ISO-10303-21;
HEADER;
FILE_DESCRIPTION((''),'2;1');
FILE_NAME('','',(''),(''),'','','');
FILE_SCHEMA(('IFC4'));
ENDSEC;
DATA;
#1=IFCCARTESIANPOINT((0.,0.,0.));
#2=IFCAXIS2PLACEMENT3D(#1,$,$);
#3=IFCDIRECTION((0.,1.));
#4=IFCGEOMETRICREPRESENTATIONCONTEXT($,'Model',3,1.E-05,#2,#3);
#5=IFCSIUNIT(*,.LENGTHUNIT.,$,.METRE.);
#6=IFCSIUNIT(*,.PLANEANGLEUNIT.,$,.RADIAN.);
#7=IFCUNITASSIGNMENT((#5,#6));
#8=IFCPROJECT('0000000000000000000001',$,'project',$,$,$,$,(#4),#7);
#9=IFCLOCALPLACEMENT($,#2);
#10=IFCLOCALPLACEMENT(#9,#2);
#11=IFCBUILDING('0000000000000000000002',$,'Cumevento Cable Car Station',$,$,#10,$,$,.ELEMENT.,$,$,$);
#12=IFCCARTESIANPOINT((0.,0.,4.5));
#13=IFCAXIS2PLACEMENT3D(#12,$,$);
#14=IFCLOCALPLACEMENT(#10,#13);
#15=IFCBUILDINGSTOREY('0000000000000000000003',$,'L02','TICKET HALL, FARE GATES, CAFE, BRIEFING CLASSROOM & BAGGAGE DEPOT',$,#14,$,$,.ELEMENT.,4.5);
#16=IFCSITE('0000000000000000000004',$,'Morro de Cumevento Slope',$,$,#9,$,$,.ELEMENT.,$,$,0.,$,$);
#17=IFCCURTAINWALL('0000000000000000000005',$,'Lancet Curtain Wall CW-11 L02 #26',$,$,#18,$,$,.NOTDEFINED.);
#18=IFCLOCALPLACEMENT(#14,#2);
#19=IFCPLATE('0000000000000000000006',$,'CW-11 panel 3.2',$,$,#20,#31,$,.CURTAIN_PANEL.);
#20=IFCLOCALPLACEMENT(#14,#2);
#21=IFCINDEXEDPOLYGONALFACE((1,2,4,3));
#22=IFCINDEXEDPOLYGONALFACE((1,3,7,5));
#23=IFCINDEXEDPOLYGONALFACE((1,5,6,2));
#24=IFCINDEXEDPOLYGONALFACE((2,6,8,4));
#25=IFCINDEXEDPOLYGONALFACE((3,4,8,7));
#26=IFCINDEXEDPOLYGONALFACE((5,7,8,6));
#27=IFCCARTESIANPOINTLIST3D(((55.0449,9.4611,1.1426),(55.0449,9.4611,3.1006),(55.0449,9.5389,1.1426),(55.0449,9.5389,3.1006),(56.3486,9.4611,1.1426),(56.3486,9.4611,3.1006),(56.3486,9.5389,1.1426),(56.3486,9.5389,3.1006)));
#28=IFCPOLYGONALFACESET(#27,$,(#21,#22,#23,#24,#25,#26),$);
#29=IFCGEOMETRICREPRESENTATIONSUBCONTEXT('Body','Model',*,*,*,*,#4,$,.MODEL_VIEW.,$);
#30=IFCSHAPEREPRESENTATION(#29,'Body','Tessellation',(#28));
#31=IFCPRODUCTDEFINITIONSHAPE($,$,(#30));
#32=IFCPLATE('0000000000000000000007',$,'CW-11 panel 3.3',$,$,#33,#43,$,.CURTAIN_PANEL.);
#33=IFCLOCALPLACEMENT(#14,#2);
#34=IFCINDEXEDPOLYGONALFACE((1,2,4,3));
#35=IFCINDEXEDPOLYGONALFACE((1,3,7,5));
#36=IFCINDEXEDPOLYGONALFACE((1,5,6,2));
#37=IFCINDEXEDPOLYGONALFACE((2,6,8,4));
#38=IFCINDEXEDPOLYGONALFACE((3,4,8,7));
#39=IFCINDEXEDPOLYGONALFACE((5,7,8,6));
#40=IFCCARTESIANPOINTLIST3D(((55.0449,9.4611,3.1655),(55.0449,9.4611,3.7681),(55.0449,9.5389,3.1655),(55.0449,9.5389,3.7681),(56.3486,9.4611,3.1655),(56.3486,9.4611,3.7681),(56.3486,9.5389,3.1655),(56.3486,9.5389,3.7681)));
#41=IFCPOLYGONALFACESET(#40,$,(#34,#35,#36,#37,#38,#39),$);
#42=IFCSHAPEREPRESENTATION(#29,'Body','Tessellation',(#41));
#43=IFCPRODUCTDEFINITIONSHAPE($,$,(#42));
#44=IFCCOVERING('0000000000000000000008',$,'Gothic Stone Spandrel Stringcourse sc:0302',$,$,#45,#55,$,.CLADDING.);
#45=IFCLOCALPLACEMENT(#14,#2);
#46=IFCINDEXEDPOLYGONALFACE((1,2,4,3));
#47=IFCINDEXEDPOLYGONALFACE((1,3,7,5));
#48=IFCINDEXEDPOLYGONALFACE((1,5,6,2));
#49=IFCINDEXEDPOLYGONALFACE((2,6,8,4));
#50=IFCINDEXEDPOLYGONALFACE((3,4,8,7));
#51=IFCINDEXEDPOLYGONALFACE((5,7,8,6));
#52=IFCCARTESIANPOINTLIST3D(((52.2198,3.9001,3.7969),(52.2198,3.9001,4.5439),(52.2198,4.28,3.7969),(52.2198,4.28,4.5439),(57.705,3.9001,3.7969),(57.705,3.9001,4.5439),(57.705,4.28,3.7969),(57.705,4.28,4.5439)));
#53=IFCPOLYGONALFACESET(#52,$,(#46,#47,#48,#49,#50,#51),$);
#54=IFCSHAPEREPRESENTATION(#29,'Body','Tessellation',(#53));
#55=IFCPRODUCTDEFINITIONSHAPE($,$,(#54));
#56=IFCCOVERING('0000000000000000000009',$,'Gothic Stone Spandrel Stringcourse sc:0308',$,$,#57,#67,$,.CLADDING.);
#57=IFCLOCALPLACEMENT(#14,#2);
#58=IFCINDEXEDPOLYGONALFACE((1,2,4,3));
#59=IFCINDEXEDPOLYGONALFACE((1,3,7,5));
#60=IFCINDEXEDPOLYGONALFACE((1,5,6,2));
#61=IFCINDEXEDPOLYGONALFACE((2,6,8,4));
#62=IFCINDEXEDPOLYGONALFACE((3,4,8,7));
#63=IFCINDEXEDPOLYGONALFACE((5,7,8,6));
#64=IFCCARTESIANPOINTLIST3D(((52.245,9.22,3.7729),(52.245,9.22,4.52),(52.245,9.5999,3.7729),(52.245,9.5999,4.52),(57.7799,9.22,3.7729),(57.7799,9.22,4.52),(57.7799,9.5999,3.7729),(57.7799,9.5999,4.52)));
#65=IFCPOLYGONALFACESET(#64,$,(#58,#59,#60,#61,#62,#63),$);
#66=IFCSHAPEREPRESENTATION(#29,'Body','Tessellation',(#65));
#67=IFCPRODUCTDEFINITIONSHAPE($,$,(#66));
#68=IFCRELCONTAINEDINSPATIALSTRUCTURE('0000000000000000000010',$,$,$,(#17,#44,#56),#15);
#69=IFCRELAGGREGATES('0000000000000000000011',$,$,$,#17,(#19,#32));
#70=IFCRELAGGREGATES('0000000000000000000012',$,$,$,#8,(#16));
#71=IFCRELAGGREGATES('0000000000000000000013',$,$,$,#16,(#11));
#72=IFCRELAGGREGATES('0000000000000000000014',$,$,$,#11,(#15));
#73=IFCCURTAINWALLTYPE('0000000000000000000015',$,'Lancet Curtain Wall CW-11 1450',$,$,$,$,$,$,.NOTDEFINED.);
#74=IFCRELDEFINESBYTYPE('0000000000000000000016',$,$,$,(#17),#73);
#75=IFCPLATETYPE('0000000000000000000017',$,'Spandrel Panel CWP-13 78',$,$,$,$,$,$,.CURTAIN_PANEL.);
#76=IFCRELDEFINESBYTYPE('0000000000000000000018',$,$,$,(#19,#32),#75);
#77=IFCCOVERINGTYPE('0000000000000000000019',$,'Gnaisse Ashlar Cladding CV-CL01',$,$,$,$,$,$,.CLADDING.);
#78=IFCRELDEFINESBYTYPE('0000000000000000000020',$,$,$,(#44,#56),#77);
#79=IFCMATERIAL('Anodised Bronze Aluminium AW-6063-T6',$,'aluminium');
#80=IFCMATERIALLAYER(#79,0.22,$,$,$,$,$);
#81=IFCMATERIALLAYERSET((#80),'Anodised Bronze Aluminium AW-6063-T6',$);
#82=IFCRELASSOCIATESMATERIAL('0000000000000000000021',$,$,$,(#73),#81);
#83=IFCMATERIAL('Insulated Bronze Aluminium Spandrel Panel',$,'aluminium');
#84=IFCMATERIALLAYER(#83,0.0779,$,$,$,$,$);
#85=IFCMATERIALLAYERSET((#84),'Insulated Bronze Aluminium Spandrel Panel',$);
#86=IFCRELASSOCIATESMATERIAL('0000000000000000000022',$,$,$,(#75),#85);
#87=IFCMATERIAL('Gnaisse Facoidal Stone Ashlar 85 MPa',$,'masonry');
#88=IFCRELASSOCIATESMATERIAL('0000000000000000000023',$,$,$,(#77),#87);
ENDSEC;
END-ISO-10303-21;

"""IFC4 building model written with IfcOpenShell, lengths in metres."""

from ifc_helpers import new_model, si_unit, direction, frame, origin, origin_2d, place, context, subcontext, project, spatial, rectangle, extrude, material, layer, layer_set, type_object, element, aggregate, save


model = new_model("IFC4")

# Units and contexts
model_context = context("Model", 3, precision=1e-05, world=origin(), true_north=direction((0.0, 1.0)))
body_context = subcontext(model_context, "Body", "Model", "MODEL_VIEW")
ifc_project = project(units=[si_unit("LENGTHUNIT", "METRE"), si_unit("PLANEANGLEUNIT", "RADIAN")], contexts=[model_context])

# Site, building, storey
site_placement = place(None, origin())
site = spatial("IfcSite", under=ifc_project, at=site_placement, Name="Morro de Cumevento Slope", CompositionType="ELEMENT", RefElevation=0.0)
building_placement = place(site_placement, origin())
building = spatial("IfcBuilding", under=site, at=building_placement, Name="Cumevento Cable Car Station", CompositionType="ELEMENT")
storey_placement = place(building_placement, frame((0.0, 0.0, 4.5)))
storey = spatial("IfcBuildingStorey", under=building, at=storey_placement, Name="L02", Description="TICKET HALL, FARE GATES, CAFE, BRIEFING CLASSROOM & BAGGAGE DEPOT", CompositionType="ELEMENT", Elevation=4.5)

# Curtain wall
ifc_material_1 = material(Name="Anodised Bronze Aluminium AW-6063-T6", Category="aluminium")
ifc_layer_1 = layer(ifc_material_1, 0.22)
ifc_layer_set_1 = layer_set([ifc_layer_1], Name="Anodised Bronze Aluminium AW-6063-T6")
curtain_wall_type = type_object("IfcCurtainWallType", Name="Lancet Curtain Wall CW-11 1450", PredefinedType="NOTDEFINED", material=ifc_layer_set_1)
curtain_wall_placement = place(storey_placement, origin())
curtain_wall = element("IfcCurtainWall", 1, at=curtain_wall_placement, inside=storey, type_object=curtain_wall_type, Name="Lancet Curtain Wall CW-11 L02 #26", PredefinedType="NOTDEFINED")

# Plates
ifc_material_2 = material(Name="Insulated Bronze Aluminium Spandrel Panel", Category="aluminium")
ifc_layer_2 = layer(ifc_material_2, 0.0779)
ifc_layer_set_2 = layer_set([ifc_layer_2], Name="Insulated Bronze Aluminium Spandrel Panel")
plate_type = type_object("IfcPlateType", Name="Spandrel Panel CWP-13 78", PredefinedType="CURTAIN_PANEL", material=ifc_layer_set_2)
plate_1_placement = place(storey_placement, frame((55.6968, 9.5, 1.1426), z_axis=(0.0, 0.0, 1.0), x_axis=(1.0, 0.0, 0.0)))
plate_1 = element("IfcPlate", 2, at=plate_1_placement, type_object=plate_type, Name="CW-11 panel 3.2", PredefinedType="CURTAIN_PANEL", context=body_context, shape_type="SweptSolid", body=[
    extrude(rectangle(XDim=1.3037, YDim=0.0779, at=origin_2d()), origin(), (0.0, 0.0, 1.0), 1.958),
])
plate_2_placement = place(storey_placement, frame((55.6968, 9.5, 3.1655), z_axis=(0.0, 0.0, 1.0), x_axis=(1.0, 0.0, 0.0)))
plate_2 = element("IfcPlate", 3, at=plate_2_placement, type_object=plate_type, Name="CW-11 panel 3.3", PredefinedType="CURTAIN_PANEL", context=body_context, shape_type="SweptSolid", body=[
    extrude(rectangle(XDim=1.3037, YDim=0.0779, at=origin_2d()), origin(), (0.0, 0.0, 1.0), 0.6025),
])
aggregate(curtain_wall, [plate_1, plate_2])

# Coverings
ifc_material_3 = material(Name="Gnaisse Facoidal Stone Ashlar 85 MPa", Category="masonry")
covering_type = type_object("IfcCoveringType", Name="Gnaisse Ashlar Cladding CV-CL01", PredefinedType="CLADDING", material=ifc_material_3)
covering_1_placement = place(storey_placement, frame((54.9624, 4.0901, 3.7969), z_axis=(0.0, 0.0, 1.0), x_axis=(-1.0, 0.0, 0.0)))
element("IfcCovering", 4, at=covering_1_placement, inside=storey, type_object=covering_type, Name="Gothic Stone Spandrel Stringcourse sc:0302", PredefinedType="CLADDING", context=body_context, shape_type="SweptSolid", body=[
    extrude(rectangle(XDim=5.4851, YDim=0.3799, at=origin_2d()), origin(), (0.0, 0.0, 1.0), 0.7471),
])
covering_2_placement = place(storey_placement, frame((55.0125, 9.4099, 3.7729), z_axis=(0.0, 0.0, 1.0), x_axis=(1.0, 0.0, 0.0)))
element("IfcCovering", 5, at=covering_2_placement, inside=storey, type_object=covering_type, Name="Gothic Stone Spandrel Stringcourse sc:0308", PredefinedType="CLADDING", context=body_context, shape_type="SweptSolid", body=[
    extrude(rectangle(XDim=5.5349, YDim=0.3799, at=origin_2d()), origin(), (0.0, 0.0, 1.0), 0.7471),
])

save(model, "model.ifc")
